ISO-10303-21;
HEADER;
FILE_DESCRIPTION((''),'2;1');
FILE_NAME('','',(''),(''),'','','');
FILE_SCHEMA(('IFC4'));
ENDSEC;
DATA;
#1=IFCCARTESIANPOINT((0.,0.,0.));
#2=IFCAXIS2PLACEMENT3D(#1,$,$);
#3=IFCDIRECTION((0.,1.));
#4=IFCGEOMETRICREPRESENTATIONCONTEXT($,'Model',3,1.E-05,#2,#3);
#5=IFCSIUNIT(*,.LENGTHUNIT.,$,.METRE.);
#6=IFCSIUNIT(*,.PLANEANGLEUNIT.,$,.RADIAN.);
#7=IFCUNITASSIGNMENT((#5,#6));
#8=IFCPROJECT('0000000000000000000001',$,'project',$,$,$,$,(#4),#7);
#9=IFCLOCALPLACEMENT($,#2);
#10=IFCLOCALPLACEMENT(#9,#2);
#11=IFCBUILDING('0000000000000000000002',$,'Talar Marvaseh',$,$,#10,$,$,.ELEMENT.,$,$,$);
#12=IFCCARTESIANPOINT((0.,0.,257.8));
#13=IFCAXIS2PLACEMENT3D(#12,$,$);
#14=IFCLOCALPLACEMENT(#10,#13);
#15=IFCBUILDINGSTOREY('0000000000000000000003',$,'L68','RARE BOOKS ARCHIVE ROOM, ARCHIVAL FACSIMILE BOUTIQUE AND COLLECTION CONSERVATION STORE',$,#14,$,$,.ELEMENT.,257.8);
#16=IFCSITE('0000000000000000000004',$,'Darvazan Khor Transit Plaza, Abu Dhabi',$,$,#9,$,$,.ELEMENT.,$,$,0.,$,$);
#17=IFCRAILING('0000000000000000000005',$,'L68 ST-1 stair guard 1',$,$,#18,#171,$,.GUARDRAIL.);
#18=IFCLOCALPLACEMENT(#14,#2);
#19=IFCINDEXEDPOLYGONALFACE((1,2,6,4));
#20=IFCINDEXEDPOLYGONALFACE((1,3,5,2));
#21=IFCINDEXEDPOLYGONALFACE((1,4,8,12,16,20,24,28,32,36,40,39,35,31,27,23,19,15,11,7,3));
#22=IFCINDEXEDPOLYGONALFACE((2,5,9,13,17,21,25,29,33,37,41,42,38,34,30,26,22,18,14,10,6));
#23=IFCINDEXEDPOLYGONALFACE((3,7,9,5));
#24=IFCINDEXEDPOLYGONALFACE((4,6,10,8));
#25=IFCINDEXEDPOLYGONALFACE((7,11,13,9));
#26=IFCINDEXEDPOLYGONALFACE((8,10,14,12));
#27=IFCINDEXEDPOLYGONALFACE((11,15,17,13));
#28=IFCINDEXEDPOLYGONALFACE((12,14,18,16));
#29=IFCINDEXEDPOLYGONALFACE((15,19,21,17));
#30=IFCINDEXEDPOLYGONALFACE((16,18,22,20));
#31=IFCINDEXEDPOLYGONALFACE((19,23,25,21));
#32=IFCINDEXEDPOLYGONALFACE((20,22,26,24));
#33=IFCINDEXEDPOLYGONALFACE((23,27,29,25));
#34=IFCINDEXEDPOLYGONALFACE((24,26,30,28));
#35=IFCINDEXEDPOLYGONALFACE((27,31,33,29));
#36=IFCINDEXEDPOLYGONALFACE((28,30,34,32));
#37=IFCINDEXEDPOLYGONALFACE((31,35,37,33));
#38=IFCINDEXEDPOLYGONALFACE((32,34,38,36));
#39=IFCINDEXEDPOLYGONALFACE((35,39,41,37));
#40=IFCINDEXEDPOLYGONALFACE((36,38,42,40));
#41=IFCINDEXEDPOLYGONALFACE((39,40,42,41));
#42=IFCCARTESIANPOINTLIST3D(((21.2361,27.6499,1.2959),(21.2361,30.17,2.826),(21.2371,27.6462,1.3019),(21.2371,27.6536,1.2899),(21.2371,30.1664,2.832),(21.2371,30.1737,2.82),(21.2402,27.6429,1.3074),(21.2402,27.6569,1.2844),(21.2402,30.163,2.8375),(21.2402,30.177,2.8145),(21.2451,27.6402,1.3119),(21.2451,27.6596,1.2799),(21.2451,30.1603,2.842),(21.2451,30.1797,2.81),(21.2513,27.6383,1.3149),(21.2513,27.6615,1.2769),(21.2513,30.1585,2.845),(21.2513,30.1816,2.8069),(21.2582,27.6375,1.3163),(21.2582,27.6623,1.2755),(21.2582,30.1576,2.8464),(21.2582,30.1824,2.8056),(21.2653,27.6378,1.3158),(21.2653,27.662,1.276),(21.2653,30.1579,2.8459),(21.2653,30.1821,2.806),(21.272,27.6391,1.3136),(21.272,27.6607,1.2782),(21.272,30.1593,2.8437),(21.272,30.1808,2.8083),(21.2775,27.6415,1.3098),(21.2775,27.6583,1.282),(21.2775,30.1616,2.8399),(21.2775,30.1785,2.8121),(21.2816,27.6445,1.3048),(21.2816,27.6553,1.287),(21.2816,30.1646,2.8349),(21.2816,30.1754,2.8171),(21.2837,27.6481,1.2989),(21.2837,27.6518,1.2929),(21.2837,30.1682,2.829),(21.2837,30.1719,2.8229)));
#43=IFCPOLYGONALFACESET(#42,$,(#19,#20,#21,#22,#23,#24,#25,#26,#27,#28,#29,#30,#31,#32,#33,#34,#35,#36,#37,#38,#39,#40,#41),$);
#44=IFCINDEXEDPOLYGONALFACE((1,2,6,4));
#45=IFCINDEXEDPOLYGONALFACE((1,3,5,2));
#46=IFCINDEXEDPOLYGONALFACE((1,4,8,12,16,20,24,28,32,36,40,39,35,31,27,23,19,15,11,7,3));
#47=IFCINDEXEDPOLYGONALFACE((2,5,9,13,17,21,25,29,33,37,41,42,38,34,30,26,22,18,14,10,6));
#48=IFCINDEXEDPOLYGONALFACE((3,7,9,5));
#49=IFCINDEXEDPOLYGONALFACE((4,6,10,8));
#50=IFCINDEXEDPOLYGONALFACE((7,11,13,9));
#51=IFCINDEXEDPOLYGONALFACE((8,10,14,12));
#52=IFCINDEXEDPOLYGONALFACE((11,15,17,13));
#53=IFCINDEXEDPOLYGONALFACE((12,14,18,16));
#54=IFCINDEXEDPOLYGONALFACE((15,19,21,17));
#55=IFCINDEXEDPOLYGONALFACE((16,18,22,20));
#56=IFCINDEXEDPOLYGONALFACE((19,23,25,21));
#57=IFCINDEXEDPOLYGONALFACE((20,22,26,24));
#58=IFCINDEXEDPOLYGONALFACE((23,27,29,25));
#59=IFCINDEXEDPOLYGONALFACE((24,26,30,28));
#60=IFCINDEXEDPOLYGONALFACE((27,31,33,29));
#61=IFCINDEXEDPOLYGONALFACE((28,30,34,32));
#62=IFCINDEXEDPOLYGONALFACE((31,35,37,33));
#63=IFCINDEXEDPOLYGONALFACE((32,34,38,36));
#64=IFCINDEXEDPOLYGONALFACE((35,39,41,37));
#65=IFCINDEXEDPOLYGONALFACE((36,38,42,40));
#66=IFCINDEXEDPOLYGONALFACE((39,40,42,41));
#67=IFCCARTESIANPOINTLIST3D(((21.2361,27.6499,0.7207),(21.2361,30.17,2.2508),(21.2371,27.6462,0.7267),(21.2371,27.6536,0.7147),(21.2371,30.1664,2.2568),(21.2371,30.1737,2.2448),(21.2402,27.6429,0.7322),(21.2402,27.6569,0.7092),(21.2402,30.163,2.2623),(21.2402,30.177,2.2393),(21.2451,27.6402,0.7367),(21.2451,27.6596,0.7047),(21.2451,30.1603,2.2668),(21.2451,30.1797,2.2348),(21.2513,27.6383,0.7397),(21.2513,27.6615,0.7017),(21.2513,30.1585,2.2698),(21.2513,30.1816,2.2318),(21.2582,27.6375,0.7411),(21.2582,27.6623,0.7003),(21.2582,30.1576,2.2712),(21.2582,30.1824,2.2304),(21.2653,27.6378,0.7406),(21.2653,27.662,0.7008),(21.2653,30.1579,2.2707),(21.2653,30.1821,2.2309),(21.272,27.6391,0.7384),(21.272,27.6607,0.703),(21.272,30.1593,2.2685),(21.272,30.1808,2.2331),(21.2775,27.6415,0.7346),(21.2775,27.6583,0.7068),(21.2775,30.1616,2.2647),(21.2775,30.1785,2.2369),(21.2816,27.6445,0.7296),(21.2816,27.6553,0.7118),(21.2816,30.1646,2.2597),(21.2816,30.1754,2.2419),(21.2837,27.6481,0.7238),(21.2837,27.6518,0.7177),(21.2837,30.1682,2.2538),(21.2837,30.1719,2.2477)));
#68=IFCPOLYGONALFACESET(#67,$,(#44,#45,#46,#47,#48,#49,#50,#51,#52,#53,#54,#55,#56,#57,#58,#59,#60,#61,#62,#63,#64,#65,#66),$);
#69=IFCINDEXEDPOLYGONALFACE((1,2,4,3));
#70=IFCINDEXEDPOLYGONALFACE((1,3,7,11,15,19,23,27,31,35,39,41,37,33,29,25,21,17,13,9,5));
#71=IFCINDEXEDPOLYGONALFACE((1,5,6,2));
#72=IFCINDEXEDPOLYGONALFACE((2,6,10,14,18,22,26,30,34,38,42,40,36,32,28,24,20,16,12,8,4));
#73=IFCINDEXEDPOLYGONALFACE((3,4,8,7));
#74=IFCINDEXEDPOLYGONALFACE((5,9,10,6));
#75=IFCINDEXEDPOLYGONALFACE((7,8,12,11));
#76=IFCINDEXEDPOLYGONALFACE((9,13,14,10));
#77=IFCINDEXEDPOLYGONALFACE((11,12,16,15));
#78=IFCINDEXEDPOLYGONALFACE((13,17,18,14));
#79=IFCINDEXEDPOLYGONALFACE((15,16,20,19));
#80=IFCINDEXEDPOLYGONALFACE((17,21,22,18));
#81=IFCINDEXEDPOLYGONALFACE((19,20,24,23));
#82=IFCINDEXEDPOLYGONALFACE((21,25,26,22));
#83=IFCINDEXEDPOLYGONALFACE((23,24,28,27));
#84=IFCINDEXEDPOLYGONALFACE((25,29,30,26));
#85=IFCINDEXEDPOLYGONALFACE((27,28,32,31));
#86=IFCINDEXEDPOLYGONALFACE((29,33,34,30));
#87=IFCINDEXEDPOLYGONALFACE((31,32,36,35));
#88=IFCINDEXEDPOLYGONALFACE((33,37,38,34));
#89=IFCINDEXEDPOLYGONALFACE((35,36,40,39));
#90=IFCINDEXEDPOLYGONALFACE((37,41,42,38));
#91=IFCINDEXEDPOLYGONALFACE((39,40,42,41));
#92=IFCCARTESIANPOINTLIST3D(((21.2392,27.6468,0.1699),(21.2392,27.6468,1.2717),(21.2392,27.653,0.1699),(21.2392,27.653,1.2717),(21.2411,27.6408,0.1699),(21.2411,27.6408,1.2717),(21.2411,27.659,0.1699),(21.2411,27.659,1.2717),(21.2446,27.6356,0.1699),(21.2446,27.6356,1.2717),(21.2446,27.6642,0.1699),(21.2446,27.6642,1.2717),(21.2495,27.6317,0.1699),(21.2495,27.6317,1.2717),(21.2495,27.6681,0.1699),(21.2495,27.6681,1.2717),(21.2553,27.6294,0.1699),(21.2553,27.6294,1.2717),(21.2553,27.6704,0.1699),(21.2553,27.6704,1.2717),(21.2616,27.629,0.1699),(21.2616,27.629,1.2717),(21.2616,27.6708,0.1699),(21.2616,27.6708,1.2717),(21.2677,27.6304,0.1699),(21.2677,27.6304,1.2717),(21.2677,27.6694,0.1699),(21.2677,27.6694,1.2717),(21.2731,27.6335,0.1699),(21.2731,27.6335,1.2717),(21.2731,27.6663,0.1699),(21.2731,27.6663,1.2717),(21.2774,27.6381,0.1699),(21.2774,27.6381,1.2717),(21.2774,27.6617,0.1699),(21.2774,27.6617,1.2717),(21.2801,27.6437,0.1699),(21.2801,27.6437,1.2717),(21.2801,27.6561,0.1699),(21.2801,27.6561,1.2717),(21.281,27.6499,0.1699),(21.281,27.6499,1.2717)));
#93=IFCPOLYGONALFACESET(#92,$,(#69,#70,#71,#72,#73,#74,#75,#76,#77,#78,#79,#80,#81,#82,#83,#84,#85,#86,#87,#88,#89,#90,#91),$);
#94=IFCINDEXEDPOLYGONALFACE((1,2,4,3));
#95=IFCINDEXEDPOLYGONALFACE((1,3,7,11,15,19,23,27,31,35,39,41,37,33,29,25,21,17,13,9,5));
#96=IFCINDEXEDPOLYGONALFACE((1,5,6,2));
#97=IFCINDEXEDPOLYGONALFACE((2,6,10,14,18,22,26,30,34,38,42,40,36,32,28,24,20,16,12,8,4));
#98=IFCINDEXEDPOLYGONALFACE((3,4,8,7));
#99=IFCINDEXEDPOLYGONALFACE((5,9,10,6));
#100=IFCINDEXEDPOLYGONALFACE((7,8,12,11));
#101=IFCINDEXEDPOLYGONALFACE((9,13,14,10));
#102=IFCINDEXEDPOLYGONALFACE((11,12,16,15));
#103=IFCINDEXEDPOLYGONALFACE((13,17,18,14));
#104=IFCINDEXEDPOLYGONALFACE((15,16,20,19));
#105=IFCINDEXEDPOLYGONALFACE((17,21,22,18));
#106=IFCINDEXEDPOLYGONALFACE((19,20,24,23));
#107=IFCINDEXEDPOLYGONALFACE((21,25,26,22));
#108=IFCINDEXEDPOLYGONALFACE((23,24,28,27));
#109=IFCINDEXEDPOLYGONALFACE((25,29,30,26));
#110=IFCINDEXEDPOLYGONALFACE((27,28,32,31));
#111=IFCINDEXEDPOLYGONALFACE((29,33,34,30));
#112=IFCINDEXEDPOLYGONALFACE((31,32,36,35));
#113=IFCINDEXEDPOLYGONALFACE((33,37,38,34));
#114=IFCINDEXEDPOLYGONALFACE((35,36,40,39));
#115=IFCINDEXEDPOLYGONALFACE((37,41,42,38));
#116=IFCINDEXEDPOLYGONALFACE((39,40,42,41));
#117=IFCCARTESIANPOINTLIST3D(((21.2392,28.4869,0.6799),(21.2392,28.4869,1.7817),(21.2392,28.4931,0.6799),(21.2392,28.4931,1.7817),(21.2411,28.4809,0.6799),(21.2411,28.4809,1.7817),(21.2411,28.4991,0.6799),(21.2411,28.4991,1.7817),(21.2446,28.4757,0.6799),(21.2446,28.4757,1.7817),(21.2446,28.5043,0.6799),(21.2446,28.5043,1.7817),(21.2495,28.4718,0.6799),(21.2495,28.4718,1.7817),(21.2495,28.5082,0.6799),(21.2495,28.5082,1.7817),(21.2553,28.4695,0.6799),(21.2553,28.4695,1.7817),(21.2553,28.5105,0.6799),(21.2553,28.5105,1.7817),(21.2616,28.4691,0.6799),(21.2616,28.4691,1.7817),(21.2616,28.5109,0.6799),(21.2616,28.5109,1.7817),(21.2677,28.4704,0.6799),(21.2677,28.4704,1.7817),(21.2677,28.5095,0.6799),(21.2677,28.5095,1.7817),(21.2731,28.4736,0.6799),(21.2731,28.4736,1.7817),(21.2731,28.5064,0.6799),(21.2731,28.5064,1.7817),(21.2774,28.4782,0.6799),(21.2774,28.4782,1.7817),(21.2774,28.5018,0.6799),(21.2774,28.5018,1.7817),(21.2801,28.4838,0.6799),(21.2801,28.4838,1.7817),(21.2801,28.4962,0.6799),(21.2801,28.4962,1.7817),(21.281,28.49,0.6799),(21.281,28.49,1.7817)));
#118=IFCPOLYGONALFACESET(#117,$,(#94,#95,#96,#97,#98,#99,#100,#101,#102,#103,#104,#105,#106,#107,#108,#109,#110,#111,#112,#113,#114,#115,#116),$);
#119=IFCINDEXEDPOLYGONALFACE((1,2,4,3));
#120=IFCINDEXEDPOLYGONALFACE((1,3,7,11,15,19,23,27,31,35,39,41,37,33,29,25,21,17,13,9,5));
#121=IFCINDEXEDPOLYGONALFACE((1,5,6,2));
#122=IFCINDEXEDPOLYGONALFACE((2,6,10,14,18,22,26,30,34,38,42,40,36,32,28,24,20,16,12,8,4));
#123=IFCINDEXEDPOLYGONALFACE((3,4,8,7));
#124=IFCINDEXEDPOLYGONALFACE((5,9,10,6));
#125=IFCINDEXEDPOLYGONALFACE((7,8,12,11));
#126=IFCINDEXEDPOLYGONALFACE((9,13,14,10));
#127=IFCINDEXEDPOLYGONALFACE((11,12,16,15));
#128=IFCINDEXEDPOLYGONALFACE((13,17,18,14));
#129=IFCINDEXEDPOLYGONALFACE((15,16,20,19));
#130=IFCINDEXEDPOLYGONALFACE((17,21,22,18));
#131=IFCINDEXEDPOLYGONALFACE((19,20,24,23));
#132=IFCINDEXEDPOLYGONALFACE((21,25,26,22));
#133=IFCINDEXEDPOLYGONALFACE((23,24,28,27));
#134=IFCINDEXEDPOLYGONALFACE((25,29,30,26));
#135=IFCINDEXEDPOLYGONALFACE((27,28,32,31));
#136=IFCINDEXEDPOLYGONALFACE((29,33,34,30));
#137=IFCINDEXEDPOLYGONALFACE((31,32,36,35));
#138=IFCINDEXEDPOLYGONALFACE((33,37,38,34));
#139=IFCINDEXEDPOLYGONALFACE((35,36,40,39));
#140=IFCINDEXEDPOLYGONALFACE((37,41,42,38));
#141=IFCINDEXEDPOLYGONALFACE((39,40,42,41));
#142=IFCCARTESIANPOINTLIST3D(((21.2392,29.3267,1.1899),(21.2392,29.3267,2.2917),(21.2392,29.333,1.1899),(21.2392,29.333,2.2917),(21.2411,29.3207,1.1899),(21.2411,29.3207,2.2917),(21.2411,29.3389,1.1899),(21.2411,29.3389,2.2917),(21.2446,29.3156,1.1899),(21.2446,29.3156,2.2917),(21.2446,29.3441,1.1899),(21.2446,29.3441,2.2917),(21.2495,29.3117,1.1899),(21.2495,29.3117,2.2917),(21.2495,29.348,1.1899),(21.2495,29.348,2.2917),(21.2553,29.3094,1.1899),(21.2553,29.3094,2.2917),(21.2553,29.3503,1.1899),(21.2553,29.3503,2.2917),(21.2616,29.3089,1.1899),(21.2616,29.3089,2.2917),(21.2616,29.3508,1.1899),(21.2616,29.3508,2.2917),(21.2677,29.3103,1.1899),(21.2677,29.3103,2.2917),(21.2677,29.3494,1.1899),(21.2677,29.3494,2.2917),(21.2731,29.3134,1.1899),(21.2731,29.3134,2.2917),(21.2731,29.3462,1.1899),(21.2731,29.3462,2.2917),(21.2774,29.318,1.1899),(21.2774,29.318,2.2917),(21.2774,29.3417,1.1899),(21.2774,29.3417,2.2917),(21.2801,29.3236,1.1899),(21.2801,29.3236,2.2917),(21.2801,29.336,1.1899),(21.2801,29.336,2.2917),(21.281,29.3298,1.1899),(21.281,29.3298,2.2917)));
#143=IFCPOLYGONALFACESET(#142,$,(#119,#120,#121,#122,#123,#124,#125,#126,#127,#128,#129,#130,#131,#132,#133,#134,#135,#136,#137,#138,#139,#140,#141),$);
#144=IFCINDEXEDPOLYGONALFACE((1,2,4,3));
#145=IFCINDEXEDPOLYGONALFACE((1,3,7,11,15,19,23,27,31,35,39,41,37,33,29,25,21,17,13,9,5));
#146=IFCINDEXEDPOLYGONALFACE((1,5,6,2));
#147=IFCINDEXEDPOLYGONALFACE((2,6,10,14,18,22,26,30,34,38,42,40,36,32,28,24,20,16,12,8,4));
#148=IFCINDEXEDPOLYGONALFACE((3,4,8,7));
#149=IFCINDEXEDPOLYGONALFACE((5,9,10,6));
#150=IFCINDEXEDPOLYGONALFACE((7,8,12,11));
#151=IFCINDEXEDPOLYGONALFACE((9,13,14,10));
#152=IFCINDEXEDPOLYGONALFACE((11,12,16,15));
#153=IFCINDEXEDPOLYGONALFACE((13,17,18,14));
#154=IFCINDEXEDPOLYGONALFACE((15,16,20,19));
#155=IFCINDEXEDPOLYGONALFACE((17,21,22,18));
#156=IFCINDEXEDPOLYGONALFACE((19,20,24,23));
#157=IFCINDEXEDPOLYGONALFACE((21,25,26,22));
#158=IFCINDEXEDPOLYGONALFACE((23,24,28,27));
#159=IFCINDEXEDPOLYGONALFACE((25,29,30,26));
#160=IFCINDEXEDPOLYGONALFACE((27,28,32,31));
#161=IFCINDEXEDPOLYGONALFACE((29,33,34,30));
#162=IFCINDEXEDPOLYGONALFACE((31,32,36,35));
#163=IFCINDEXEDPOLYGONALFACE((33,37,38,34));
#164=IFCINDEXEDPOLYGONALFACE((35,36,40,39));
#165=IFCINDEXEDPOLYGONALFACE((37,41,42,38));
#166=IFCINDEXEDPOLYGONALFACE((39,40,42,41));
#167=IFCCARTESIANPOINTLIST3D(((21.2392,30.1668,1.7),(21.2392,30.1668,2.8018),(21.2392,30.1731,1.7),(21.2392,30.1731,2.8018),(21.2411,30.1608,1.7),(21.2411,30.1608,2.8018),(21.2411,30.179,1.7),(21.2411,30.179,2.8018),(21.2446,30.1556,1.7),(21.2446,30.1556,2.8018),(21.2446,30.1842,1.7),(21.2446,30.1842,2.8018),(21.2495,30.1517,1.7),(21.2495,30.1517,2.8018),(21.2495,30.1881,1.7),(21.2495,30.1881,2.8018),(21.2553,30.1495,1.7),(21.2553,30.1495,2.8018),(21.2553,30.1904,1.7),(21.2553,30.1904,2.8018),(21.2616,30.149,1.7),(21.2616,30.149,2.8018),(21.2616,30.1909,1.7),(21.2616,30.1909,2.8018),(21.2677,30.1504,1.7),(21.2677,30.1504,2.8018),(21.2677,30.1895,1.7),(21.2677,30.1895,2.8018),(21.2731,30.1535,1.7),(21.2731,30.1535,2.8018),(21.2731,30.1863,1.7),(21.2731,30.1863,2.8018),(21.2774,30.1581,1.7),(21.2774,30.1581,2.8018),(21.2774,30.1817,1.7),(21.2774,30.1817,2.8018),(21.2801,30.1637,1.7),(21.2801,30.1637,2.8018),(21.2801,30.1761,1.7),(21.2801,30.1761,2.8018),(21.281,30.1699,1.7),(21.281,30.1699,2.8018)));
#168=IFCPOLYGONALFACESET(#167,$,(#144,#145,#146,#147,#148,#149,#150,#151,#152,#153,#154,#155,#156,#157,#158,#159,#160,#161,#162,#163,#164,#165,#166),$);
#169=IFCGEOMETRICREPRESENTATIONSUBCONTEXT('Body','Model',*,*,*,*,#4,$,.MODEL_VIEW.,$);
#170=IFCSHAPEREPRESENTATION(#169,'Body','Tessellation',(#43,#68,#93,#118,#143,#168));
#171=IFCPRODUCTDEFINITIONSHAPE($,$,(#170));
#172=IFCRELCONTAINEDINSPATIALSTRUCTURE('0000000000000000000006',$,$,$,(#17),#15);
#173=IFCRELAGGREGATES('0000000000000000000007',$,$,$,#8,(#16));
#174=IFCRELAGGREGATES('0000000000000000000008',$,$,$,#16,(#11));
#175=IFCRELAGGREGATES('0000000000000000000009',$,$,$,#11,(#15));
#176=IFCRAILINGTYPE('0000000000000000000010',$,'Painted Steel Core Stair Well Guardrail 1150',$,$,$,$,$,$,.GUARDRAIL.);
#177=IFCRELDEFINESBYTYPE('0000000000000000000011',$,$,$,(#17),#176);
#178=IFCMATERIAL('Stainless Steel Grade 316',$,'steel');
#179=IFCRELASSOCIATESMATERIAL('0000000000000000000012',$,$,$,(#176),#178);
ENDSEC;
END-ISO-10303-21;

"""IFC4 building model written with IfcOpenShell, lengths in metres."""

from ifc_helpers import new_model, si_unit, direction, frame, origin, origin_2d, place, context, subcontext, project, spatial, circle, extrude, material, type_object, element, save


model = new_model("IFC4")

# Units and contexts
model_context = context("Model", 3, precision=1e-05, world=origin(), true_north=direction((0.0, 1.0)))
body_context = subcontext(model_context, "Body", "Model", "MODEL_VIEW")
ifc_project = project(units=[si_unit("LENGTHUNIT", "METRE"), si_unit("PLANEANGLEUNIT", "RADIAN")], contexts=[model_context])

# Site, building, storey
site_placement = place(None, origin())
site = spatial("IfcSite", under=ifc_project, at=site_placement, Name="Darvazan Khor Transit Plaza, Abu Dhabi", CompositionType="ELEMENT", RefElevation=0.0)
building_placement = place(site_placement, origin())
building = spatial("IfcBuilding", under=site, at=building_placement, Name="Talar Marvaseh", CompositionType="ELEMENT")
storey_placement = place(building_placement, frame((0.0, 0.0, 257.8)))
storey = spatial("IfcBuildingStorey", under=building, at=storey_placement, Name="L68", Description="RARE BOOKS ARCHIVE ROOM, ARCHIVAL FACSIMILE BOUTIQUE AND COLLECTION CONSERVATION STORE", CompositionType="ELEMENT", Elevation=257.8)

# Railing
ifc_material_1 = material(Name="Stainless Steel Grade 316", Category="steel")
railing_type_1 = type_object("IfcRailingType", Name="Painted Steel Core Stair Well Guardrail 1150", PredefinedType="GUARDRAIL", material=ifc_material_1)
railing_1_placement = place(storey_placement, frame((21.26, 27.6499, 0.1699)))
element("IfcRailing", 1, at=railing_1_placement, inside=storey, type_object=railing_type_1, Name="L68 ST-1 stair guard 1", PredefinedType="GUARDRAIL", context=body_context, shape_type="SweptSolid", body=[
    extrude(circle(Radius=0.0239, at=origin_2d()), frame((0.0, 0.0, 1.126), z_axis=(0.0, 0.854785, 0.518982), x_axis=(-1.0, 0.0, 0.0)), (0.0, 0.0, 1.0), 2.9482),
    extrude(circle(Radius=0.0239, at=origin_2d()), frame((0.0, 0.0, 0.5508), z_axis=(0.0, 0.854785, 0.518982), x_axis=(-1.0, 0.0, 0.0)), (0.0, 0.0, 1.0), 2.9482),
    extrude(circle(Radius=0.021, at=origin_2d()), origin(), (0.0, 0.0, 1.0), 1.1018),
    extrude(circle(Radius=0.021, at=origin_2d()), frame((0.0, 0.8401, 0.51)), (0.0, 0.0, 1.0), 1.1018),
    extrude(circle(Radius=0.021, at=origin_2d()), frame((0.0, 1.6799, 1.02)), (0.0, 0.0, 1.0), 1.1018),
    extrude(circle(Radius=0.021, at=origin_2d()), frame((0.0, 2.52, 1.53)), (0.0, 0.0, 1.0), 1.1018),
])

save(model, "model.ifc")
